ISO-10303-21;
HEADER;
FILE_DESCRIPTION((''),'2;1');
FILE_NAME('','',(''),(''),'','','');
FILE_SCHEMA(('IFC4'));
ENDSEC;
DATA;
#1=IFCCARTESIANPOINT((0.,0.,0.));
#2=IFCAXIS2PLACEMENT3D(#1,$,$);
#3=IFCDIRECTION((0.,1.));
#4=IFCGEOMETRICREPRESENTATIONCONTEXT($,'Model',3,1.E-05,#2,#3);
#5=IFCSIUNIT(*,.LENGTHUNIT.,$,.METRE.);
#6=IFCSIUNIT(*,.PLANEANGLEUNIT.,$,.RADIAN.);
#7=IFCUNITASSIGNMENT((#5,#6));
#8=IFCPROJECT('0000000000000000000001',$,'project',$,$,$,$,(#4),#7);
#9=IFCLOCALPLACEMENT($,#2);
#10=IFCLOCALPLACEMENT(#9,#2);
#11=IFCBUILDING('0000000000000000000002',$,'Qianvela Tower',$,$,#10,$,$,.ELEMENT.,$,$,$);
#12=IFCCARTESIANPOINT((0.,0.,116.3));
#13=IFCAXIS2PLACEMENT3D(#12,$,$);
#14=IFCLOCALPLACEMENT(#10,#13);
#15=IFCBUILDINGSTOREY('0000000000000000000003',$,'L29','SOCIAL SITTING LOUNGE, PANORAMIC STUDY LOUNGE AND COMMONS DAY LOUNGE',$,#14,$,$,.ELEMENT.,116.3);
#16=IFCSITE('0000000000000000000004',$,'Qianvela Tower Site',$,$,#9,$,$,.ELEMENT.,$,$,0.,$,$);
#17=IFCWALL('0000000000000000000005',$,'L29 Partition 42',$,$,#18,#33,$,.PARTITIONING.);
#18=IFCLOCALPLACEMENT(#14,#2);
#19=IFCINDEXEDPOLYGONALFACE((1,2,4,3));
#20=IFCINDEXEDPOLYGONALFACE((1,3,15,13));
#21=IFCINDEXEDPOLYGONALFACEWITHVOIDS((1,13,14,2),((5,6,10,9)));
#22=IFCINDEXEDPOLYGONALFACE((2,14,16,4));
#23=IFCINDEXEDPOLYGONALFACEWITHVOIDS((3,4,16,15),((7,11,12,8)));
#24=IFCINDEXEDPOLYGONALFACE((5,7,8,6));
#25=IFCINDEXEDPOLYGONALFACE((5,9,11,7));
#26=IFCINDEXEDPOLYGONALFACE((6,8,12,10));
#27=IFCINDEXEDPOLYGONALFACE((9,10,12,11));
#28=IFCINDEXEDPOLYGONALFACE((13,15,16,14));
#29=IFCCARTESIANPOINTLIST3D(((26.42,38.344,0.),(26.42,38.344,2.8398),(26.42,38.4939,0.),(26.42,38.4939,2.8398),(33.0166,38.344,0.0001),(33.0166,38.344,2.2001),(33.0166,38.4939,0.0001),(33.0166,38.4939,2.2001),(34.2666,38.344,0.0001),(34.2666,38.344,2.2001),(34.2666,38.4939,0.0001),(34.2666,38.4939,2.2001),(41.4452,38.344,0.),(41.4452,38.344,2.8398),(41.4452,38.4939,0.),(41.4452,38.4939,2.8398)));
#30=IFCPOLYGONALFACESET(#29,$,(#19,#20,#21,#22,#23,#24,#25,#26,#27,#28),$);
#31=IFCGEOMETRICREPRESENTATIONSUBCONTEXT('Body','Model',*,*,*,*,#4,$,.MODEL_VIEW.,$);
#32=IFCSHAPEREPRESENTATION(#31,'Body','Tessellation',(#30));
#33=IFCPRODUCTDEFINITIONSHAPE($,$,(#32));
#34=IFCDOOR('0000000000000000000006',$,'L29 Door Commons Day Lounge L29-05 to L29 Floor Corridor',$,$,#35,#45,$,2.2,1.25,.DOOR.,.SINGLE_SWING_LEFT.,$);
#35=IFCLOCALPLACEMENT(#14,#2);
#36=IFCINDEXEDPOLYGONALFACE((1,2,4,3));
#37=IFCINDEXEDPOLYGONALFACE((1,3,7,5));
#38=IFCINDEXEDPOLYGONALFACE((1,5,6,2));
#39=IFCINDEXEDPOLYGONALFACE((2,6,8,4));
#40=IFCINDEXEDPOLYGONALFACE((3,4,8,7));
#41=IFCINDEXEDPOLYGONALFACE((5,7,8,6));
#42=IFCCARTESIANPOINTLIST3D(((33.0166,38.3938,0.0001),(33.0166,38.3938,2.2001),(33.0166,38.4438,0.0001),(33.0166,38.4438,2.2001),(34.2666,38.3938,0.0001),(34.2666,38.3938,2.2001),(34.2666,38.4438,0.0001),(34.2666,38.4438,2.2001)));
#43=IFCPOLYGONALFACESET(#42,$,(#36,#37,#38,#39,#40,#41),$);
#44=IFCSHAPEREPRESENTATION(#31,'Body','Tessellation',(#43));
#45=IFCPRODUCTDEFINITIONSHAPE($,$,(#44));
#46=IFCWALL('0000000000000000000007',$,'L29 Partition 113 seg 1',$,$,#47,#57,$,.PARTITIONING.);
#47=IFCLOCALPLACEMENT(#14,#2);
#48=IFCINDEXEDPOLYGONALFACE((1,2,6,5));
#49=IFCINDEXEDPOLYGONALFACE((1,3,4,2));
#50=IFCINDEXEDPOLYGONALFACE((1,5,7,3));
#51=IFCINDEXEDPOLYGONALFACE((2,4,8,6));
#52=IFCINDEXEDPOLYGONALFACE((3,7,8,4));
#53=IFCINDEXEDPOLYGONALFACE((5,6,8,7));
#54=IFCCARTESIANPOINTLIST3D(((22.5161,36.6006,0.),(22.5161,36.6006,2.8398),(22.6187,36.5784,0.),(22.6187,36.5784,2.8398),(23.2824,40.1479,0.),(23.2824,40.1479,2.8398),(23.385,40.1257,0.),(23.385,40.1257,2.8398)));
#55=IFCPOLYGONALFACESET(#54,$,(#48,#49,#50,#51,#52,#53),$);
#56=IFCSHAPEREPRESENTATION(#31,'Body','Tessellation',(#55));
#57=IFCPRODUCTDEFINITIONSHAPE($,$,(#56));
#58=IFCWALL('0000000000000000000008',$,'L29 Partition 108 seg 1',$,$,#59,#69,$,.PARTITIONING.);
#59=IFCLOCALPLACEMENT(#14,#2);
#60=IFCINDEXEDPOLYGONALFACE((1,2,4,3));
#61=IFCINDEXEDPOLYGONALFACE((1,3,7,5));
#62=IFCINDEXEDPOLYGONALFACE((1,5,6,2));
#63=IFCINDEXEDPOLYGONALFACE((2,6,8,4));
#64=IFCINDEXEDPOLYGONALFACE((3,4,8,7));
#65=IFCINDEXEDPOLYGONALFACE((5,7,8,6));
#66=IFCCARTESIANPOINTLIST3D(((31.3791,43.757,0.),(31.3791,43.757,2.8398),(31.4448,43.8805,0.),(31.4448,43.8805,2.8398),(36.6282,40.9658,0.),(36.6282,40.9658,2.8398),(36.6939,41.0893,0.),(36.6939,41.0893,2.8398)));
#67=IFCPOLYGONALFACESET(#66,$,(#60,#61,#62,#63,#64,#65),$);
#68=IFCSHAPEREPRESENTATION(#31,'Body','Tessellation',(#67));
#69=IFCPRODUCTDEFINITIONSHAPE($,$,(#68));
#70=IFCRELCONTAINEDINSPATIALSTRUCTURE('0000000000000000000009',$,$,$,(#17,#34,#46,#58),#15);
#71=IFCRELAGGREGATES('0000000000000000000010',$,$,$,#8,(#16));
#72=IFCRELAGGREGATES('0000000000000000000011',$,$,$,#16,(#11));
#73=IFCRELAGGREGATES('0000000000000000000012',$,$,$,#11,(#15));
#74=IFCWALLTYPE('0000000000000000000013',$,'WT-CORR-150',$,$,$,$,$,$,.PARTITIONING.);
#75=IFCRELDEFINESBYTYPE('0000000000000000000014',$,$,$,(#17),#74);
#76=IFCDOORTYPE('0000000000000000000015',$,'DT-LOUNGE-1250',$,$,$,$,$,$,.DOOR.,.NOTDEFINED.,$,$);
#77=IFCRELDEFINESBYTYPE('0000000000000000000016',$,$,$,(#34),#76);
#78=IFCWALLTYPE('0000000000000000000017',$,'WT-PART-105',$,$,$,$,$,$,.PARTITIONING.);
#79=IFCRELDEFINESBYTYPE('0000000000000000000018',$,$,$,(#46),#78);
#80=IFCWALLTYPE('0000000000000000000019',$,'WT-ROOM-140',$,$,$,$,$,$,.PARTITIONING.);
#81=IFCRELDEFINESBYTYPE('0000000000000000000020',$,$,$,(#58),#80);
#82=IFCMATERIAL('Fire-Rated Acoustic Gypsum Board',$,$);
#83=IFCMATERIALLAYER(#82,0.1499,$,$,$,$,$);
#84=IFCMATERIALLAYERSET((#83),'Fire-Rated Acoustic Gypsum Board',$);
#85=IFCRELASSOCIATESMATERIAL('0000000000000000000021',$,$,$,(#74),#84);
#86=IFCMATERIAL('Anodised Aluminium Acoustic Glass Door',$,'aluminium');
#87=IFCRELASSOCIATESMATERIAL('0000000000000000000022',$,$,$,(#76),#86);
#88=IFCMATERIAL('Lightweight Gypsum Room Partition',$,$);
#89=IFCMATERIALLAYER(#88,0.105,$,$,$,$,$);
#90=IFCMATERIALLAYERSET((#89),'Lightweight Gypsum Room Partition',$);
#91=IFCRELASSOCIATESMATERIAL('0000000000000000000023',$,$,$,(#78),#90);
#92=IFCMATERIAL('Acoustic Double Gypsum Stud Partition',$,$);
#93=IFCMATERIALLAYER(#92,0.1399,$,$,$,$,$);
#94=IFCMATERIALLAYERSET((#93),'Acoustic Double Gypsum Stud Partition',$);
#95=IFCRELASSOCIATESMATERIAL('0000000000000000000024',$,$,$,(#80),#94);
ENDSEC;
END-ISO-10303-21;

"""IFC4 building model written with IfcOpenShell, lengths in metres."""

from ifc_helpers import new_model, si_unit, direction, frame, frame_2d, origin, place, context, subcontext, project, spatial, rectangle, extrude, material, layer, layer_set, type_object, element, fill, save


model = new_model("IFC4")

# Units and contexts
model_context = context("Model", 3, precision=1e-05, world=origin(), true_north=direction((0.0, 1.0)))
body_context = subcontext(model_context, "Body", "Model", "MODEL_VIEW")
ifc_project = project(units=[si_unit("LENGTHUNIT", "METRE"), si_unit("PLANEANGLEUNIT", "RADIAN")], contexts=[model_context])

# Site, building, storey
site_placement = place(None, origin())
site = spatial("IfcSite", under=ifc_project, at=site_placement, Name="Qianvela Tower Site", CompositionType="ELEMENT", RefElevation=0.0)
building_placement = place(site_placement, origin())
building = spatial("IfcBuilding", under=site, at=building_placement, Name="Qianvela Tower", CompositionType="ELEMENT")
storey_placement = place(building_placement, frame((0.0, 0.0, 116.3)))
storey = spatial("IfcBuildingStorey", under=building, at=storey_placement, Name="L29", Description="SOCIAL SITTING LOUNGE, PANORAMIC STUDY LOUNGE AND COMMONS DAY LOUNGE", CompositionType="ELEMENT", Elevation=116.3)

# Shared definitions
ifc_material_1 = material(Name="Fire-Rated Acoustic Gypsum Board")
ifc_layer_1 = layer(ifc_material_1, 0.1499)
ifc_layer_set_1 = layer_set([ifc_layer_1], Name="Fire-Rated Acoustic Gypsum Board")
wall_type_1 = type_object("IfcWallType", Name="WT-CORR-150", PredefinedType="PARTITIONING", material=ifc_layer_set_1)

# Wall, opening, door
wall_1_placement = place(storey_placement, frame((26.4199, 38.4189, 0.0), z_axis=(0.0, 0.0, 1.0), x_axis=(1.0, 0.0, 0.0)))
wall_1 = element("IfcWall", 1, at=wall_1_placement, inside=storey, type_object=wall_type_1, Name="L29 Partition 42", PredefinedType="PARTITIONING", context=body_context, shape_type="SweptSolid", body=[
    extrude(rectangle(XDim=15.0251, YDim=0.1499, at=frame_2d((7.5127, 0.0))), origin(), (0.0, 0.0, 1.0), 2.8398),
])
opening_1_placement = place(wall_1_placement, frame((6.5967, 0.0, 0.0)))
opening_1 = element("IfcOpeningElement", 2, at=opening_1_placement, cuts=wall_1, PredefinedType="OPENING", context=body_context, shape_type="SweptSolid", body=[
    extrude(rectangle(XDim=1.25, YDim=2.2, at=frame_2d((0.625, 1.1001))), frame((0.0, 0.085, 0.0), z_axis=(0.0, -1.0, 0.0), x_axis=(1.0, 0.0, 0.0)), (0.0, 0.0, 1.0), 0.1699),
])
ifc_material_2 = material(Name="Anodised Aluminium Acoustic Glass Door", Category="aluminium")
door_type = type_object("IfcDoorType", Name="DT-LOUNGE-1250", OperationType="NOTDEFINED", PredefinedType="DOOR", material=ifc_material_2)
door_placement = place(opening_1_placement, origin())
door = element("IfcDoor", 3, at=door_placement, inside=storey, type_object=door_type, Name="L29 Door Commons Day Lounge L29-05 to L29 Floor Corridor", OperationType="SINGLE_SWING_LEFT", OverallHeight=2.2, OverallWidth=1.25, PredefinedType="DOOR", context=body_context, shape_type="SweptSolid", body=[
    extrude(rectangle(XDim=1.25, YDim=2.2, at=frame_2d((0.625, 1.1001))), frame((0.0, 0.0249, 0.0), z_axis=(0.0, -1.0, 0.0), x_axis=(1.0, 0.0, 0.0)), (0.0, 0.0, 1.0), 0.05),
])
fill(opening_1, door)

# Walls
ifc_material_3 = material(Name="Lightweight Gypsum Room Partition")
ifc_layer_2 = layer(ifc_material_3, 0.105)
ifc_layer_set_2 = layer_set([ifc_layer_2], Name="Lightweight Gypsum Room Partition")
wall_type_2 = type_object("IfcWallType", Name="WT-PART-105", PredefinedType="PARTITIONING", material=ifc_layer_set_2)
wall_2_placement = place(storey_placement, frame((22.5674, 36.5896, 0.0), z_axis=(0.0, 0.0, 1.0), x_axis=(0.211164, 0.977451, 0.0)))
element("IfcWall", 4, at=wall_2_placement, inside=storey, type_object=wall_type_2, Name="L29 Partition 113 seg 1", PredefinedType="PARTITIONING", context=body_context, shape_type="SweptSolid", body=[
    extrude(rectangle(XDim=3.6292, YDim=0.105, at=frame_2d((1.8145, 0.0))), origin(), (0.0, 0.0, 1.0), 2.8398),
])
ifc_material_4 = material(Name="Acoustic Double Gypsum Stud Partition")
ifc_layer_3 = layer(ifc_material_4, 0.1399)
ifc_layer_set_3 = layer_set([ifc_layer_3], Name="Acoustic Double Gypsum Stud Partition")
wall_type_3 = type_object("IfcWallType", Name="WT-ROOM-140", PredefinedType="PARTITIONING", material=ifc_layer_set_3)
wall_3_placement = place(storey_placement, frame((31.4119, 43.8188, 0.0), z_axis=(0.0, 0.0, 1.0), x_axis=(0.882926, -0.469511, 0.0)))
element("IfcWall", 5, at=wall_3_placement, inside=storey, type_object=wall_type_3, Name="L29 Partition 108 seg 1", PredefinedType="PARTITIONING", context=body_context, shape_type="SweptSolid", body=[
    extrude(rectangle(XDim=5.9451, YDim=0.1399, at=frame_2d((2.9727, 0.0))), origin(), (0.0, 0.0, 1.0), 2.8398),
])

save(model, "model.ifc")
